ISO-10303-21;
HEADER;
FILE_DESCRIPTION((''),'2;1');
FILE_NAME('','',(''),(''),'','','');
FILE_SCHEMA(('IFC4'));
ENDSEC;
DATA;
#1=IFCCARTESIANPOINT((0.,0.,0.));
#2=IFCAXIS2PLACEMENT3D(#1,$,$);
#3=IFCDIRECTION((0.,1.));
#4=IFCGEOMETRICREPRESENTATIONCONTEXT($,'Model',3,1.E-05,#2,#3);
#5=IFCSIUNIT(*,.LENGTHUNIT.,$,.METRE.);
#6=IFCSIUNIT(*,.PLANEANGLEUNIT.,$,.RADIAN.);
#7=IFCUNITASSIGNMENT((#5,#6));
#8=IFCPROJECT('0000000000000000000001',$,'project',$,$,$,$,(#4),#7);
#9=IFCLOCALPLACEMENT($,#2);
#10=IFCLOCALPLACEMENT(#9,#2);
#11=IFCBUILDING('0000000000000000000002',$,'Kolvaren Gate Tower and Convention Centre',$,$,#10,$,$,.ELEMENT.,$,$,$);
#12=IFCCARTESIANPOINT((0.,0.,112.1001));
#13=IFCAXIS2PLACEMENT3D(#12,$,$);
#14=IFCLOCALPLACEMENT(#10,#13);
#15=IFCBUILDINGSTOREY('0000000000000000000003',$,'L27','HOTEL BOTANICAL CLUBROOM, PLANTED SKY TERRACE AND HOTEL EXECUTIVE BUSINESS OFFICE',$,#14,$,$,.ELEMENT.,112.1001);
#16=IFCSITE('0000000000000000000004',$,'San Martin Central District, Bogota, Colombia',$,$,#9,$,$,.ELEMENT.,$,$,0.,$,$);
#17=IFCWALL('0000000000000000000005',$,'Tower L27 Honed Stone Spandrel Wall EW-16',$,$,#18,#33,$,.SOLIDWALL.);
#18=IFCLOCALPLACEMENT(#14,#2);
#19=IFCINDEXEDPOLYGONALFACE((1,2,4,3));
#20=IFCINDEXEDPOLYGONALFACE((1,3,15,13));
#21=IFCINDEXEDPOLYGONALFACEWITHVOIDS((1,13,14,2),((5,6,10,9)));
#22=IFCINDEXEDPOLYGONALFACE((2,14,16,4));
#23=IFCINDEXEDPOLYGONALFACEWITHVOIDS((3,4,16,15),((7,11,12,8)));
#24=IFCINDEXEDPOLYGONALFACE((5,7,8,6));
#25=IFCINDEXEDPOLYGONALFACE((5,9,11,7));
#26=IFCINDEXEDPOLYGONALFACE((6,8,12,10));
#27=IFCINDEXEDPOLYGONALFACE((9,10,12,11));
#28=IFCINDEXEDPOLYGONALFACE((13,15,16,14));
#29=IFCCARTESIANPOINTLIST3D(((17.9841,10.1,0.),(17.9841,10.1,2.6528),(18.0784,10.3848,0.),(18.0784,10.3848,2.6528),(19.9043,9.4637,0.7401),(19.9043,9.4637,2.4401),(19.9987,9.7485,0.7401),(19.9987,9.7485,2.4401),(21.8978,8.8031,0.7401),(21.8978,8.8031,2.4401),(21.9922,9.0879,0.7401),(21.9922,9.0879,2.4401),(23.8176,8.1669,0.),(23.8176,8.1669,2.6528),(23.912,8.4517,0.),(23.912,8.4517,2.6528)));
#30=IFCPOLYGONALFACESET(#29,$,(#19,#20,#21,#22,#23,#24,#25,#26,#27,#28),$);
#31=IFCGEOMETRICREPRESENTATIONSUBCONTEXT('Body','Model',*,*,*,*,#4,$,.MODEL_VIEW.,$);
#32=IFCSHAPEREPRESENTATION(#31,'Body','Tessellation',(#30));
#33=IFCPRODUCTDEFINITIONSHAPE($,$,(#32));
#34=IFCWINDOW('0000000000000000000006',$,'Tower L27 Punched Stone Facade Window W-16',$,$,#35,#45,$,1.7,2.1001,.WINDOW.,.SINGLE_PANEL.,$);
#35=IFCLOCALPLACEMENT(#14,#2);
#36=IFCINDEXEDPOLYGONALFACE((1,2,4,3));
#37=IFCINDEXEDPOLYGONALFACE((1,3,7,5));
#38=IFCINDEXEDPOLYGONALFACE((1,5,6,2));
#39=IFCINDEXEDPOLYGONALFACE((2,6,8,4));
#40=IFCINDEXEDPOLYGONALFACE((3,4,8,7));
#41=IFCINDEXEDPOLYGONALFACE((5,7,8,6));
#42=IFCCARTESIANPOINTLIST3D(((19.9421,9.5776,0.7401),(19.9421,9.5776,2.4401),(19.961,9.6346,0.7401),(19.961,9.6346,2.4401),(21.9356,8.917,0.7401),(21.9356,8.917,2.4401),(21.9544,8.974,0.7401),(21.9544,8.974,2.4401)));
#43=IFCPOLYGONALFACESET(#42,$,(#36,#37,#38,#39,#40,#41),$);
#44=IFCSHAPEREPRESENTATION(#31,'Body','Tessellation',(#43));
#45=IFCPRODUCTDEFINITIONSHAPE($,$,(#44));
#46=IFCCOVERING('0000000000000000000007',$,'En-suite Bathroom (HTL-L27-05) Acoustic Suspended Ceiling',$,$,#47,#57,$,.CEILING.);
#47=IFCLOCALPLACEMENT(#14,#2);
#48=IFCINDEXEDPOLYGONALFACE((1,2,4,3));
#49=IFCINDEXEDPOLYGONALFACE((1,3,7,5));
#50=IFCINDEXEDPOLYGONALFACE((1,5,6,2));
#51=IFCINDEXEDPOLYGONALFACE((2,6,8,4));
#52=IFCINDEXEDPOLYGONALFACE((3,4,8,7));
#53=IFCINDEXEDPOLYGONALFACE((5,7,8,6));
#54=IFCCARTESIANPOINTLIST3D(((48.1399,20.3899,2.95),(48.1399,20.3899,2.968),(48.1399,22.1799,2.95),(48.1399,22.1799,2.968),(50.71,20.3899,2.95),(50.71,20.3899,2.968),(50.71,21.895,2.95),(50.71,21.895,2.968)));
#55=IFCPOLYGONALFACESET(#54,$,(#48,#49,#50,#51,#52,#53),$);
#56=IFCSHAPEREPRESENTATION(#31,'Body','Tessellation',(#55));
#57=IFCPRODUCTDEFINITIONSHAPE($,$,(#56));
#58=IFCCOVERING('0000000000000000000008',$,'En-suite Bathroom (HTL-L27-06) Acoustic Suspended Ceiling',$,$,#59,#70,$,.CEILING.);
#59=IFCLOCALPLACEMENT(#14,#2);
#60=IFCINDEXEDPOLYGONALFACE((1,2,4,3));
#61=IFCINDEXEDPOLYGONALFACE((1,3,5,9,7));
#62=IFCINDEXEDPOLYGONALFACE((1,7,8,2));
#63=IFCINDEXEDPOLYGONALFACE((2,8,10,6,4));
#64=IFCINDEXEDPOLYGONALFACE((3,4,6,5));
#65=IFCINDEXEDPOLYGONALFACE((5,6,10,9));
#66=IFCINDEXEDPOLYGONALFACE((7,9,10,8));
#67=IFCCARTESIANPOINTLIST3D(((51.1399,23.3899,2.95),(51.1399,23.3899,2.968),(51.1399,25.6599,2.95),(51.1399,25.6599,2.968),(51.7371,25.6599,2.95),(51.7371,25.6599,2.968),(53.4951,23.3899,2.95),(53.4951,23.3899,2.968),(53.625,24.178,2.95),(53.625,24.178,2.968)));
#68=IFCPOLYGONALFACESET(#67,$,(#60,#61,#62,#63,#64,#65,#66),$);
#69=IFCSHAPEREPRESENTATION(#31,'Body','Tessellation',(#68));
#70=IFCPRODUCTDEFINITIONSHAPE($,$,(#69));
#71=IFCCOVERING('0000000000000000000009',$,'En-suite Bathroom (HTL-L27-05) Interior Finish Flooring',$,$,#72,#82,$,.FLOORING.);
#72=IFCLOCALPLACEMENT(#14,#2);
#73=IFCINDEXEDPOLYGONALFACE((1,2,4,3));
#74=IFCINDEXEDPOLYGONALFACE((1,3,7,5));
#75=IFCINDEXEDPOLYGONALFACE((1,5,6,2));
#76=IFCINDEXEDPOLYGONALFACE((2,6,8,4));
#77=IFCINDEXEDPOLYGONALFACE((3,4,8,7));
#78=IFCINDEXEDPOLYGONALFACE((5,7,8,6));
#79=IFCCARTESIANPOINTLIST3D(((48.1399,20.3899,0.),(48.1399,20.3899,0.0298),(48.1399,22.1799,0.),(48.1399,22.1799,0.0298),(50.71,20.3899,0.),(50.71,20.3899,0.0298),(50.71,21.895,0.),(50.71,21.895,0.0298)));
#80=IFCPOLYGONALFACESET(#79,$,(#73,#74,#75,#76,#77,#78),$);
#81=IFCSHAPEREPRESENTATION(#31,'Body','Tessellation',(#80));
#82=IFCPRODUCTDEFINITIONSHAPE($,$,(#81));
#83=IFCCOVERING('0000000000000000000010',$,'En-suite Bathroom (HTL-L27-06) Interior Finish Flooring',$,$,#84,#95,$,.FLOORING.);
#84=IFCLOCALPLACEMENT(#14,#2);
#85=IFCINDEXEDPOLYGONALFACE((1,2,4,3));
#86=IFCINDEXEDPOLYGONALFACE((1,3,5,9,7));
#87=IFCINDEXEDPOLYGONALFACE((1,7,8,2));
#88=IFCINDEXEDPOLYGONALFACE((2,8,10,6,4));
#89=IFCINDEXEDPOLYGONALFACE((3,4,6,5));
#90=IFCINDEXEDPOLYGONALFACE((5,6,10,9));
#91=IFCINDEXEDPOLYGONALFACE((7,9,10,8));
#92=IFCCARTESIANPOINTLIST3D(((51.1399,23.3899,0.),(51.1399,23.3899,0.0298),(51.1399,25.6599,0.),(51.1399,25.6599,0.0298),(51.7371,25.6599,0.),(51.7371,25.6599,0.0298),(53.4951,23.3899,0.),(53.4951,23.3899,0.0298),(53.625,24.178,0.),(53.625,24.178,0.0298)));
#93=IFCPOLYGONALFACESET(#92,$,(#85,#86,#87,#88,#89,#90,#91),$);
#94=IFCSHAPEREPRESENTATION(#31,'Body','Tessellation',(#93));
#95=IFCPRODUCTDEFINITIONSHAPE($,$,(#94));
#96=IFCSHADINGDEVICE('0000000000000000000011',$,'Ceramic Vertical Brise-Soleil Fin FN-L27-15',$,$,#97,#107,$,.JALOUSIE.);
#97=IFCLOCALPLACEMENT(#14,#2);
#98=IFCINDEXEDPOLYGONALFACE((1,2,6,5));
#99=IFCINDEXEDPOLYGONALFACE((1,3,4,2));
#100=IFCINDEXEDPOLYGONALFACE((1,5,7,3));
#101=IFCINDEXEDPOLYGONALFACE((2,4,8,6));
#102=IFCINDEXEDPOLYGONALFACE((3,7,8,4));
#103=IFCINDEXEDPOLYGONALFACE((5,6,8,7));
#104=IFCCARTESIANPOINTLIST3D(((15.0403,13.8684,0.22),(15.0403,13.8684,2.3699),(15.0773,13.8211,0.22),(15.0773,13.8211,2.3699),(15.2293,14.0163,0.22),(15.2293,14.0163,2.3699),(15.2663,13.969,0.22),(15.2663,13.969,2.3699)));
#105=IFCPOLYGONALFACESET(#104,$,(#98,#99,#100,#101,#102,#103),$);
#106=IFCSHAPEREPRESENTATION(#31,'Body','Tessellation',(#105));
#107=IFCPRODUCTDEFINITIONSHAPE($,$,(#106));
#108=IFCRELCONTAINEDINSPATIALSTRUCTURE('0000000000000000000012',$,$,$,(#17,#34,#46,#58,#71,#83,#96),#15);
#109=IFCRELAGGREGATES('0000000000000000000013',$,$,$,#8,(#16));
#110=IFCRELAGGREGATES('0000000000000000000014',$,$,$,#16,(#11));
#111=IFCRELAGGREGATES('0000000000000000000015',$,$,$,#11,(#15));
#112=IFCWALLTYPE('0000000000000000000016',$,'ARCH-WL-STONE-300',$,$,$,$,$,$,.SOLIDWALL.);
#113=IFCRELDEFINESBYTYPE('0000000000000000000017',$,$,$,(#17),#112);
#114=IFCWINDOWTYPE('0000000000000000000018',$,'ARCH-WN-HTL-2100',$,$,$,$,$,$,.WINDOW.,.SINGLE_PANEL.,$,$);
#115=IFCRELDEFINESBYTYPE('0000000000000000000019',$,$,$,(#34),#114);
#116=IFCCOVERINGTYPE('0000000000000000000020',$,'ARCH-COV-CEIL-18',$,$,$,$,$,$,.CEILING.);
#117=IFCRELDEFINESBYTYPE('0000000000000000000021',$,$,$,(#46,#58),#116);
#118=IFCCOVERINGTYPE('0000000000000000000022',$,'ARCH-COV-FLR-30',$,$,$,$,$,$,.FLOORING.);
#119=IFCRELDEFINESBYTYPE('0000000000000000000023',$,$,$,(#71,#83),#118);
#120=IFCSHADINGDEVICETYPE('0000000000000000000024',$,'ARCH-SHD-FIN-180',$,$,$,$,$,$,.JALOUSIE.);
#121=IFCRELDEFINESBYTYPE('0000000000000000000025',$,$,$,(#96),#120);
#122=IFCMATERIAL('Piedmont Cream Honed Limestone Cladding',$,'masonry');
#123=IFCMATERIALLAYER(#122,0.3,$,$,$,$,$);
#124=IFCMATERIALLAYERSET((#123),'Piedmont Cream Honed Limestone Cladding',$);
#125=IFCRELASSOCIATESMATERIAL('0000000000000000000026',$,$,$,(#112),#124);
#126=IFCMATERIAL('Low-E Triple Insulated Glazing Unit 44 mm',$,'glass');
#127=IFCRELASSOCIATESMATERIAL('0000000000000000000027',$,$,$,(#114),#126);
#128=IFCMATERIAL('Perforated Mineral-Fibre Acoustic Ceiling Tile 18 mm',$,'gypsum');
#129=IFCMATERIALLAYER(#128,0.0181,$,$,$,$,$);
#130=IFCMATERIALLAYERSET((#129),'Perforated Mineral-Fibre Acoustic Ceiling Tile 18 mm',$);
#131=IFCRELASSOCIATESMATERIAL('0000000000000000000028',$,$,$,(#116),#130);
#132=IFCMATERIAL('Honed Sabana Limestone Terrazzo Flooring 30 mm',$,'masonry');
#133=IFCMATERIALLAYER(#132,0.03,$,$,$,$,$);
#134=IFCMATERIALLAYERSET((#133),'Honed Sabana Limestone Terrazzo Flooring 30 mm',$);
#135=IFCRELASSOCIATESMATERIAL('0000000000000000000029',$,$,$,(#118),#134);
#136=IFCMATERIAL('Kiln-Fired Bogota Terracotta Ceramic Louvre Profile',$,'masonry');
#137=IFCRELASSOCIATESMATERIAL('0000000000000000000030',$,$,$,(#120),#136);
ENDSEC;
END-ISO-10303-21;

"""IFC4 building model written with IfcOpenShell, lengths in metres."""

from ifc_helpers import new_model, si_unit, direction, frame, frame_2d, origin, origin_2d, place, context, subcontext, project, spatial, polyline, rectangle, outline, extrude, material, layer, layer_set, type_object, element, fill, save


model = new_model("IFC4")

# Units and contexts
model_context = context("Model", 3, precision=1e-05, world=origin(), true_north=direction((0.0, 1.0)))
body_context = subcontext(model_context, "Body", "Model", "MODEL_VIEW")
ifc_project = project(units=[si_unit("LENGTHUNIT", "METRE"), si_unit("PLANEANGLEUNIT", "RADIAN")], contexts=[model_context])

# Site, building, storey
site_placement = place(None, origin())
site = spatial("IfcSite", under=ifc_project, at=site_placement, Name="San Martin Central District, Bogota, Colombia", CompositionType="ELEMENT", RefElevation=0.0)
building_placement = place(site_placement, origin())
building = spatial("IfcBuilding", under=site, at=building_placement, Name="Kolvaren Gate Tower and Convention Centre", CompositionType="ELEMENT")
storey_placement = place(building_placement, frame((0.0, 0.0, 112.1001)))
storey = spatial("IfcBuildingStorey", under=building, at=storey_placement, Name="L27", Description="HOTEL BOTANICAL CLUBROOM, PLANTED SKY TERRACE AND HOTEL EXECUTIVE BUSINESS OFFICE", CompositionType="ELEMENT", Elevation=112.1001)

# Shared definitions
ifc_material_1 = material(Name="Piedmont Cream Honed Limestone Cladding", Category="masonry")

# Wall, opening, window
ifc_layer_1 = layer(ifc_material_1, 0.3)
ifc_layer_set_1 = layer_set([ifc_layer_1], Name="Piedmont Cream Honed Limestone Cladding")
wall_type_1 = type_object("IfcWallType", Name="ARCH-WL-STONE-300", PredefinedType="SOLIDWALL", material=ifc_layer_set_1)
wall_1_placement = place(storey_placement, frame((18.0312, 10.2424, 0.0), z_axis=(0.0, 0.0, 1.0), x_axis=(0.949238, -0.314559, 0.0)))
wall_1 = element("IfcWall", 1, at=wall_1_placement, inside=storey, type_object=wall_type_1, Name="Tower L27 Honed Stone Spandrel Wall EW-16", PredefinedType="SOLIDWALL", context=body_context, shape_type="SweptSolid", body=[
    extrude(rectangle(XDim=6.1455, YDim=0.3, at=frame_2d((3.0728, 0.0))), origin(), (0.0, 0.0, 1.0), 2.6528),
])
opening_placement = place(wall_1_placement, frame((2.0229, 0.0, 0.74)))
opening = element("IfcOpeningElement", 2, at=opening_placement, cuts=wall_1, PredefinedType="OPENING", context=body_context, shape_type="SweptSolid", body=[
    extrude(rectangle(XDim=2.1001, YDim=1.7, at=frame_2d((1.05, 0.8501))), frame((0.0, 0.1599, 0.0), z_axis=(0.0, -1.0, 0.0), x_axis=(1.0, 0.0, 0.0)), (0.0, 0.0, 1.0), 0.3201),
])
ifc_material_2 = material(Name="Low-E Triple Insulated Glazing Unit 44 mm", Category="glass")
window_type = type_object("IfcWindowType", Name="ARCH-WN-HTL-2100", PartitioningType="SINGLE_PANEL", PredefinedType="WINDOW", material=ifc_material_2)
window_placement = place(opening_placement, origin())
window = element("IfcWindow", 3, at=window_placement, inside=storey, type_object=window_type, Name="Tower L27 Punched Stone Facade Window W-16", OverallHeight=1.7, OverallWidth=2.1001, PartitioningType="SINGLE_PANEL", PredefinedType="WINDOW", context=body_context, shape_type="SweptSolid", body=[
    extrude(rectangle(XDim=2.1001, YDim=1.7, at=frame_2d((1.05, 0.8501))), frame((0.0, 0.03, 0.0), z_axis=(0.0, -1.0, 0.0), x_axis=(1.0, 0.0, 0.0)), (0.0, 0.0, 1.0), 0.0601),
])
fill(opening, window)

# Coverings
ifc_material_3 = material(Name="Perforated Mineral-Fibre Acoustic Ceiling Tile 18 mm", Category="gypsum")
ifc_layer_2 = layer(ifc_material_3, 0.0181)
ifc_layer_set_2 = layer_set([ifc_layer_2], Name="Perforated Mineral-Fibre Acoustic Ceiling Tile 18 mm")
covering_type_1 = type_object("IfcCoveringType", Name="ARCH-COV-CEIL-18", PredefinedType="CEILING", material=ifc_layer_set_2)
covering_1_placement = place(storey_placement, frame((0.0, 0.0, 2.95)))
element("IfcCovering", 4, at=covering_1_placement, inside=storey, type_object=covering_type_1, Name="En-suite Bathroom (HTL-L27-05) Acoustic Suspended Ceiling", PredefinedType="CEILING", context=body_context, shape_type="SweptSolid", body=[
    extrude(outline(polyline([(50.71, 20.3899), (48.1399, 20.3899), (48.1399, 22.1799), (50.71, 21.895), (50.71, 20.3899)])), origin(), (0.0, 0.0, 1.0), 0.0181),
])
covering_2_placement = place(storey_placement, frame((0.0, 0.0, 2.95)))
element("IfcCovering", 5, at=covering_2_placement, inside=storey, type_object=covering_type_1, Name="En-suite Bathroom (HTL-L27-06) Acoustic Suspended Ceiling", PredefinedType="CEILING", context=body_context, shape_type="SweptSolid", body=[
    extrude(outline(polyline([(51.1399, 23.3899), (51.1399, 25.6599), (51.7371, 25.6599), (53.625, 24.178), (53.4951, 23.3899), (51.1399, 23.3899)])), origin(), (0.0, 0.0, 1.0), 0.0181),
])
ifc_material_4 = material(Name="Honed Sabana Limestone Terrazzo Flooring 30 mm", Category="masonry")
ifc_layer_3 = layer(ifc_material_4, 0.03)
ifc_layer_set_3 = layer_set([ifc_layer_3], Name="Honed Sabana Limestone Terrazzo Flooring 30 mm")
covering_type_2 = type_object("IfcCoveringType", Name="ARCH-COV-FLR-30", PredefinedType="FLOORING", material=ifc_layer_set_3)
covering_3_placement = place(storey_placement, origin())
element("IfcCovering", 6, at=covering_3_placement, inside=storey, type_object=covering_type_2, Name="En-suite Bathroom (HTL-L27-05) Interior Finish Flooring", PredefinedType="FLOORING", context=body_context, shape_type="SweptSolid", body=[
    extrude(outline(polyline([(50.71, 20.3899), (48.1399, 20.3899), (48.1399, 22.1799), (50.71, 21.895), (50.71, 20.3899)])), origin(), (0.0, 0.0, 1.0), 0.0298),
])
covering_4_placement = place(storey_placement, origin())
element("IfcCovering", 7, at=covering_4_placement, inside=storey, type_object=covering_type_2, Name="En-suite Bathroom (HTL-L27-06) Interior Finish Flooring", PredefinedType="FLOORING", context=body_context, shape_type="SweptSolid", body=[
    extrude(outline(polyline([(51.1399, 23.3899), (51.1399, 25.6599), (51.7371, 25.6599), (53.625, 24.178), (53.4951, 23.3899), (51.1399, 23.3899)])), origin(), (0.0, 0.0, 1.0), 0.0298),
])

# Shading device
ifc_material_5 = material(Name="Kiln-Fired Bogota Terracotta Ceramic Louvre Profile", Category="masonry")
shading_device_type = type_object("IfcShadingDeviceType", Name="ARCH-SHD-FIN-180", PredefinedType="JALOUSIE", material=ifc_material_5)
shading_device_placement = place(storey_placement, frame((15.1533, 13.9187, 0.22), z_axis=(0.0, 0.0, 1.0), x_axis=(0.616424, -0.787414, 0.0)))
element("IfcShadingDevice", 8, at=shading_device_placement, inside=storey, type_object=shading_device_type, Name="Ceramic Vertical Brise-Soleil Fin FN-L27-15", PredefinedType="JALOUSIE", context=body_context, shape_type="SweptSolid", body=[
    extrude(rectangle(XDim=0.0601, YDim=0.24, at=origin_2d()), origin(), (0.0, 0.0, 1.0), 2.1499),
])

save(model, "model.ifc")
